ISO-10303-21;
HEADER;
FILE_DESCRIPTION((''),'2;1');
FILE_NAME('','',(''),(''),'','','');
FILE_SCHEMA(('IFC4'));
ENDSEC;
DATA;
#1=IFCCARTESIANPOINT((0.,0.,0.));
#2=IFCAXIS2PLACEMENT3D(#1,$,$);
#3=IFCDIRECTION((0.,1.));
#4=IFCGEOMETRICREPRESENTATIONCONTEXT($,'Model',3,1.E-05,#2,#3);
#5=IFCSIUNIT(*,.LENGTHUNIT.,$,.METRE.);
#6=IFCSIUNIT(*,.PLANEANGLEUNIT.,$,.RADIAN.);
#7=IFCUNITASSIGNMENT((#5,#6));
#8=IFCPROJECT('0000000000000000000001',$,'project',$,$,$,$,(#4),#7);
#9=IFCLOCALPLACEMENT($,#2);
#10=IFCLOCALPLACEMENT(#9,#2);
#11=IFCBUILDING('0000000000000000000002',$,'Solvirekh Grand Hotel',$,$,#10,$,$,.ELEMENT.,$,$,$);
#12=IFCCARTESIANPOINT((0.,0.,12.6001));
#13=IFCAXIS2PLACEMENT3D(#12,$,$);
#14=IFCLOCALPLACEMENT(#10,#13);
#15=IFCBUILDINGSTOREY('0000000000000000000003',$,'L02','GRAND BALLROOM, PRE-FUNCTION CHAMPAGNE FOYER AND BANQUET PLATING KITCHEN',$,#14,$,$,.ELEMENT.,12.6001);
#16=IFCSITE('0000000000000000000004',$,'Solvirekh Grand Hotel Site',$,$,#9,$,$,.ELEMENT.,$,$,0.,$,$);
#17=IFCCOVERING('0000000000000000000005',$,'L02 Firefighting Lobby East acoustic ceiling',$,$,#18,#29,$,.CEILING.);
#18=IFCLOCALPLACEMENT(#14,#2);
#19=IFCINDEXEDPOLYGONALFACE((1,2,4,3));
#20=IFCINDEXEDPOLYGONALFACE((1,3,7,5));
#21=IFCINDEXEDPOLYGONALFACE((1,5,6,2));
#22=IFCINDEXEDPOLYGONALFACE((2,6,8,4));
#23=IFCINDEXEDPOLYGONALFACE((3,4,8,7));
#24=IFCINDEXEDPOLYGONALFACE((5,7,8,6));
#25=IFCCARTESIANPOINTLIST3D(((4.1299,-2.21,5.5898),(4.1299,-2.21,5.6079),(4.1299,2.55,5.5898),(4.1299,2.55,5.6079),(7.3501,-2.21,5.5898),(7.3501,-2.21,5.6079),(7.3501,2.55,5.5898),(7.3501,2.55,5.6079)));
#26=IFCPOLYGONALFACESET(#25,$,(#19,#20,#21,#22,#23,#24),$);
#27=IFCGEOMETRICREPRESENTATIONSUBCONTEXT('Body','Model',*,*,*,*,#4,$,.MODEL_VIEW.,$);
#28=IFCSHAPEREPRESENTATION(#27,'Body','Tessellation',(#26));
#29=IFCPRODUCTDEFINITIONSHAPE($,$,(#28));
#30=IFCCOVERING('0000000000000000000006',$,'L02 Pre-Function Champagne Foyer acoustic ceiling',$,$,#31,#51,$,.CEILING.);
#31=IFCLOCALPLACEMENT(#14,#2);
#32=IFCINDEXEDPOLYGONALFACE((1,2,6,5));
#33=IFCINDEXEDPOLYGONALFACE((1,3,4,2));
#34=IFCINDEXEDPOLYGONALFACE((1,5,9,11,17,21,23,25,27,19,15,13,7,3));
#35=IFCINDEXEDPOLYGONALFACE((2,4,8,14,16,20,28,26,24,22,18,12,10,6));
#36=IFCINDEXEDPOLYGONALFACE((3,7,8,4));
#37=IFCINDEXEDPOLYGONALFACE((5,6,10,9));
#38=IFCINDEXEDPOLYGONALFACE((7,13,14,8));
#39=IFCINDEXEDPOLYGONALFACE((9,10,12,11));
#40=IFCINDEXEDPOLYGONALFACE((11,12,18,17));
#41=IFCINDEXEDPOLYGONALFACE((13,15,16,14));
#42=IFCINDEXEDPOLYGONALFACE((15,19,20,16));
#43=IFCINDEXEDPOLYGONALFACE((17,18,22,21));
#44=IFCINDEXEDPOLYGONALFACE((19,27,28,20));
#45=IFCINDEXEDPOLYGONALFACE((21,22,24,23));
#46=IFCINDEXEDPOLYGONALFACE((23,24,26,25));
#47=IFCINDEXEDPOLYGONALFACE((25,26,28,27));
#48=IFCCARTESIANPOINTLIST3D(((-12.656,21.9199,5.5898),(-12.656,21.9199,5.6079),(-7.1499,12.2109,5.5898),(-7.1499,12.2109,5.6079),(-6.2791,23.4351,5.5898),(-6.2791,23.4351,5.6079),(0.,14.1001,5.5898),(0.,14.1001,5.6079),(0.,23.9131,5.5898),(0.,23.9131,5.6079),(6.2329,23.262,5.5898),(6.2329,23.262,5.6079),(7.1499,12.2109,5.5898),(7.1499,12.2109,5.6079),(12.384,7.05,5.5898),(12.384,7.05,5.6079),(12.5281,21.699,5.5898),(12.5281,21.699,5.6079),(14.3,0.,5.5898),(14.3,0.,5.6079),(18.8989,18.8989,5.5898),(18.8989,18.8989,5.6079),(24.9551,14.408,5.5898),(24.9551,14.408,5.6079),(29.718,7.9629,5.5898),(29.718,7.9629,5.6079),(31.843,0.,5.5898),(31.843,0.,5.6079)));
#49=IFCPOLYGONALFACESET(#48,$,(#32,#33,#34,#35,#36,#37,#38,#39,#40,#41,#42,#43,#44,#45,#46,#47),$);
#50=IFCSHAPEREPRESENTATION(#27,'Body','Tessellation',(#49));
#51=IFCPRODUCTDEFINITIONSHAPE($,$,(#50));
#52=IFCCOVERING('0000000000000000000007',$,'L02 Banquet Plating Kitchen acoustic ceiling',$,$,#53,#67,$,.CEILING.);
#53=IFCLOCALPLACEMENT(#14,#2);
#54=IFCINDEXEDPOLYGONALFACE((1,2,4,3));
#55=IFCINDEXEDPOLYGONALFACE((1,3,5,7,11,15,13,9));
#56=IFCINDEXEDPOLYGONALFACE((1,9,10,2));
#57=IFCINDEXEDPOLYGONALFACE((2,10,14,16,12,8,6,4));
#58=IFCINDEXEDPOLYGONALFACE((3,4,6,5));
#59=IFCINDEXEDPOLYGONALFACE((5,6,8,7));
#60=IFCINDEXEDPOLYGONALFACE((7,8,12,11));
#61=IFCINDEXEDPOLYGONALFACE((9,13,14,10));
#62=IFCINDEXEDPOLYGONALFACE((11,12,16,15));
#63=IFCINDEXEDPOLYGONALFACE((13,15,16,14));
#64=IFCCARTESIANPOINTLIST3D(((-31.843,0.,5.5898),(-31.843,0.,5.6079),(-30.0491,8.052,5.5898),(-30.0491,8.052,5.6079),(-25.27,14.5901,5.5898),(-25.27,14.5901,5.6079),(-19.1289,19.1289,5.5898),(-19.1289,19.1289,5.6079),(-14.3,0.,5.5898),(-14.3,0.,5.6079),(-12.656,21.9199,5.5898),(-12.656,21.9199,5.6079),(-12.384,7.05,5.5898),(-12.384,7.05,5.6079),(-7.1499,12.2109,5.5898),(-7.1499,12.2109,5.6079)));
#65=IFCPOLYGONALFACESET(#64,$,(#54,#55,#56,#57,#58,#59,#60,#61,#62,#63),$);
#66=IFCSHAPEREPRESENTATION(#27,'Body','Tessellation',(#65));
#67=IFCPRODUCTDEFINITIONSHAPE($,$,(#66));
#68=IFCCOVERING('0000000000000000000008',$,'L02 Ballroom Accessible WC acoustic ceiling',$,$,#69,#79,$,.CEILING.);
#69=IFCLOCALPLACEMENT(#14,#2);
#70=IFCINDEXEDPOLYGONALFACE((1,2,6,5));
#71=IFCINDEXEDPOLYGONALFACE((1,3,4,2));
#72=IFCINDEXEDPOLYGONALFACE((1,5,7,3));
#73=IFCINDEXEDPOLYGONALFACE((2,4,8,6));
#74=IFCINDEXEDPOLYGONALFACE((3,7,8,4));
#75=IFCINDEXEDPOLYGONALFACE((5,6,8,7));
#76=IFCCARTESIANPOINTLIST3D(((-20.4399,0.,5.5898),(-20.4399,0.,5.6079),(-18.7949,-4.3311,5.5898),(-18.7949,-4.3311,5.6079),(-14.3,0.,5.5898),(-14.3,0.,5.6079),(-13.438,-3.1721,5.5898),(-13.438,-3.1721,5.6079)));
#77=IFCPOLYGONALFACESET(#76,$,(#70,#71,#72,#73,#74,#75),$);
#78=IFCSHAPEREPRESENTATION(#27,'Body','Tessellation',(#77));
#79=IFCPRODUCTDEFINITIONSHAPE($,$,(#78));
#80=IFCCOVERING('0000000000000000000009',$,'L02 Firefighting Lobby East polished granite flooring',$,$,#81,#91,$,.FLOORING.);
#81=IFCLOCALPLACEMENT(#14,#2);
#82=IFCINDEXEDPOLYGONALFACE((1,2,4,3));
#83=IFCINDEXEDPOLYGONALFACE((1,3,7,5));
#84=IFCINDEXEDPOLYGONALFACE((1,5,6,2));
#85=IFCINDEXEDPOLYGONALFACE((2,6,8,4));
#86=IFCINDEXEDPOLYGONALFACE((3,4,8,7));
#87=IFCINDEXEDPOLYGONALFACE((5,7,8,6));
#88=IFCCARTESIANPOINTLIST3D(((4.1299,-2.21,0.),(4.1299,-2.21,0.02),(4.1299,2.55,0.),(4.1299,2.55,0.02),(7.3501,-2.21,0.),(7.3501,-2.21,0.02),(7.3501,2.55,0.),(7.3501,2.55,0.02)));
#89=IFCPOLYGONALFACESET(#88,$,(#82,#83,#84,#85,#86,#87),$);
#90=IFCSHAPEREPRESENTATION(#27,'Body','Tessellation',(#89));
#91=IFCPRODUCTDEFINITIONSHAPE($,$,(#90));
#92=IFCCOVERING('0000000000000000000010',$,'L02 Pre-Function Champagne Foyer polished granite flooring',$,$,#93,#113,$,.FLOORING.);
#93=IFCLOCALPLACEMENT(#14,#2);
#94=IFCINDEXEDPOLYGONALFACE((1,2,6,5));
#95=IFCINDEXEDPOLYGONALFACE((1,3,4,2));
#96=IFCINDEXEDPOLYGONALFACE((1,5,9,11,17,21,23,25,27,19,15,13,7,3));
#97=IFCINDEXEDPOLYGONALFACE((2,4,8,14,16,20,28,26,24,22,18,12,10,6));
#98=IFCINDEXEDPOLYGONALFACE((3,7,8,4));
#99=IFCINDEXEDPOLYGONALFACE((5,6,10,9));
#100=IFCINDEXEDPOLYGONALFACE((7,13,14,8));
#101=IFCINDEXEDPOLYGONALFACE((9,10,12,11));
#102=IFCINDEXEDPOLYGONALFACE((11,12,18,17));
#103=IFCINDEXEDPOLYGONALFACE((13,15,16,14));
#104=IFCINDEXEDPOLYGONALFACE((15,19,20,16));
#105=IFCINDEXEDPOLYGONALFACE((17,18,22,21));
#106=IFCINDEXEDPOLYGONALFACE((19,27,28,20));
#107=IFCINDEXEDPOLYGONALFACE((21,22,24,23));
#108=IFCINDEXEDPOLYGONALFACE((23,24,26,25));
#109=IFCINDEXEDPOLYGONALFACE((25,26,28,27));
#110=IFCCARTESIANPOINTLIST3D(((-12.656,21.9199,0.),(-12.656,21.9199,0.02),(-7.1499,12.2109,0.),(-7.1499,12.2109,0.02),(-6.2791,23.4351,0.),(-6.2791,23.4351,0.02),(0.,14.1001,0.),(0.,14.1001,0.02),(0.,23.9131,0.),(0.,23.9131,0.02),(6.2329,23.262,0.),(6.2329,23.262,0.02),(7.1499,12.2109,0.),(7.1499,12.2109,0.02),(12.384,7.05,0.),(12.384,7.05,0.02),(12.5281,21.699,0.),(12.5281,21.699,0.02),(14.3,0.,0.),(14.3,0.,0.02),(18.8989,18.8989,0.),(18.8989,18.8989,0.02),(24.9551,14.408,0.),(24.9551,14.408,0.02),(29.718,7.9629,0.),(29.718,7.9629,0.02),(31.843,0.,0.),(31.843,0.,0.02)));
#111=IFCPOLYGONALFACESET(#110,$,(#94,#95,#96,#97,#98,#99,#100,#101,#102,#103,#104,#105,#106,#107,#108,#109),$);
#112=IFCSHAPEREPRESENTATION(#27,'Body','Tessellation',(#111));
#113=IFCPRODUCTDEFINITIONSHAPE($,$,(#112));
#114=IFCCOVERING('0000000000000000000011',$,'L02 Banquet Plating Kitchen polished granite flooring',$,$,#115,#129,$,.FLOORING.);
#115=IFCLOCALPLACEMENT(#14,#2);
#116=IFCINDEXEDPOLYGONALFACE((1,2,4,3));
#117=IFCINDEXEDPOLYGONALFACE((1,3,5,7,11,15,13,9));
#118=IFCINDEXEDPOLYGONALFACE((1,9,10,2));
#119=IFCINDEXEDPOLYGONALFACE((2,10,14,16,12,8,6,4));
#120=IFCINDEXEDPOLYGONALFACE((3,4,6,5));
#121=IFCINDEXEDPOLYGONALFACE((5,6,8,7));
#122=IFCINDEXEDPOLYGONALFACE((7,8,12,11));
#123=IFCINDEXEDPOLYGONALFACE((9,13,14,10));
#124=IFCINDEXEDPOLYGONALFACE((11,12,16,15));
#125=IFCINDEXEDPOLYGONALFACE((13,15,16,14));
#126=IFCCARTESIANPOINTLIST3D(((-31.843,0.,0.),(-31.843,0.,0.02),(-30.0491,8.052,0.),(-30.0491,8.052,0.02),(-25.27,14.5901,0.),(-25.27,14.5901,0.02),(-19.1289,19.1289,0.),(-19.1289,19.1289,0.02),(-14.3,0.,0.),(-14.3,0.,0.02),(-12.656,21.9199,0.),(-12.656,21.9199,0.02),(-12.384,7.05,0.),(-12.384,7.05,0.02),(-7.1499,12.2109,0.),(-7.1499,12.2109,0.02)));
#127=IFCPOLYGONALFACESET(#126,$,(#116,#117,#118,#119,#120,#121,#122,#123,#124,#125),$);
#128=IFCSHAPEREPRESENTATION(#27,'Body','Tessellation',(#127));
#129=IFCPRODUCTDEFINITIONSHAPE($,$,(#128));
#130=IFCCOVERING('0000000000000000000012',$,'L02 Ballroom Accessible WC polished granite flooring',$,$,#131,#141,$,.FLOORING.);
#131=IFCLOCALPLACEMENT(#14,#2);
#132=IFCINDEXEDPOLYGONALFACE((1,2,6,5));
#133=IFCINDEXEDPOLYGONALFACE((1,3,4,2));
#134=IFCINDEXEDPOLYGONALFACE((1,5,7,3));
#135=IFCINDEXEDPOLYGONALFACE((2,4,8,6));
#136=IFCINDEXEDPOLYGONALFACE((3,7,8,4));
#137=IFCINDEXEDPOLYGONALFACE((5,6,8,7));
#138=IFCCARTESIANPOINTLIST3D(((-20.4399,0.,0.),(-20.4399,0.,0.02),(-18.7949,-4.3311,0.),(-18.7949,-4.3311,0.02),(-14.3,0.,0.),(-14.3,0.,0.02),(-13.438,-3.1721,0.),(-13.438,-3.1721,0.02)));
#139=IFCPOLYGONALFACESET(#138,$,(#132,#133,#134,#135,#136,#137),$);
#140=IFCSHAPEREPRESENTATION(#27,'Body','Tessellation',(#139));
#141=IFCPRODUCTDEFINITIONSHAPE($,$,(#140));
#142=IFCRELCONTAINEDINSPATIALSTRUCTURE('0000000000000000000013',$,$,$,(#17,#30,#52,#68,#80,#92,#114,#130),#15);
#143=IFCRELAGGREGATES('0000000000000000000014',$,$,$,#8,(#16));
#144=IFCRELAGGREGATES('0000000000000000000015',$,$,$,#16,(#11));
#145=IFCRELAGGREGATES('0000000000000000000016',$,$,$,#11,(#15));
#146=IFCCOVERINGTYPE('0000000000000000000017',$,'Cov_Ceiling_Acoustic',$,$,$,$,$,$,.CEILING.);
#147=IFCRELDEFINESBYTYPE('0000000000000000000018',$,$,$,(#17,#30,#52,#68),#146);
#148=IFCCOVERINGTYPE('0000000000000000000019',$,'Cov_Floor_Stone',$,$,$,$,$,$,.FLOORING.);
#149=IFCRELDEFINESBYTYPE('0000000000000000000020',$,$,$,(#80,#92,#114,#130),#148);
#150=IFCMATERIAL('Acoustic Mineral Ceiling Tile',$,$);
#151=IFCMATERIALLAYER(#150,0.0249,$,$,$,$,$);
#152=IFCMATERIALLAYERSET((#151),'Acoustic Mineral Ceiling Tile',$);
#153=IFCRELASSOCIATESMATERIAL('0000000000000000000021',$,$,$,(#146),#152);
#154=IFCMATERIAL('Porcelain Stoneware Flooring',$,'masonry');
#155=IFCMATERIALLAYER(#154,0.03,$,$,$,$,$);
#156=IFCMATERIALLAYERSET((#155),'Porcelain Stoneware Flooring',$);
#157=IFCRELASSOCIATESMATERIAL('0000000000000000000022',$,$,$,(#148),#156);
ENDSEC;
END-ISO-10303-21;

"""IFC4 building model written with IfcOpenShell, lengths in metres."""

from ifc_helpers import new_model, si_unit, direction, frame, origin, place, context, subcontext, project, spatial, polyline, outline, extrude, material, layer, layer_set, type_object, element, save


model = new_model("IFC4")

# Units and contexts
model_context = context("Model", 3, precision=1e-05, world=origin(), true_north=direction((0.0, 1.0)))
body_context = subcontext(model_context, "Body", "Model", "MODEL_VIEW")
ifc_project = project(units=[si_unit("LENGTHUNIT", "METRE"), si_unit("PLANEANGLEUNIT", "RADIAN")], contexts=[model_context])

# Site, building, storey
site_placement = place(None, origin())
site = spatial("IfcSite", under=ifc_project, at=site_placement, Name="Solvirekh Grand Hotel Site", CompositionType="ELEMENT", RefElevation=0.0)
building_placement = place(site_placement, origin())
building = spatial("IfcBuilding", under=site, at=building_placement, Name="Solvirekh Grand Hotel", CompositionType="ELEMENT")
storey_placement = place(building_placement, frame((0.0, 0.0, 12.6001)))
storey = spatial("IfcBuildingStorey", under=building, at=storey_placement, Name="L02", Description="GRAND BALLROOM, PRE-FUNCTION CHAMPAGNE FOYER AND BANQUET PLATING KITCHEN", CompositionType="ELEMENT", Elevation=12.6001)

# Coverings
ifc_material_1 = material(Name="Acoustic Mineral Ceiling Tile")
ifc_layer_1 = layer(ifc_material_1, 0.0249)
ifc_layer_set_1 = layer_set([ifc_layer_1], Name="Acoustic Mineral Ceiling Tile")
covering_type_1 = type_object("IfcCoveringType", Name="Cov_Ceiling_Acoustic", PredefinedType="CEILING", material=ifc_layer_set_1)
covering_1_placement = place(storey_placement, frame((0.0, 0.0, 5.5898)))
element("IfcCovering", 1, at=covering_1_placement, inside=storey, type_object=covering_type_1, Name="L02 Firefighting Lobby East acoustic ceiling", PredefinedType="CEILING", context=body_context, shape_type="SweptSolid", body=[
    extrude(outline(polyline([(4.1299, -2.21), (7.3501, -2.21), (7.3501, 2.55), (4.1299, 2.55), (4.1299, -2.21)])), origin(), (0.0, 0.0, 1.0), 0.0181),
])
covering_2_placement = place(storey_placement, frame((0.0, 0.0, 5.5898)))
element("IfcCovering", 2, at=covering_2_placement, inside=storey, type_object=covering_type_1, Name="L02 Pre-Function Champagne Foyer acoustic ceiling", PredefinedType="CEILING", context=body_context, shape_type="SweptSolid", body=[
    extrude(outline(polyline([(31.843, 0.0), (29.718, 7.9629), (24.9551, 14.408), (18.8989, 18.8989), (12.5281, 21.699), (6.2329, 23.262), (0.0, 23.9131), (-6.2791, 23.4351), (-12.656, 21.9199), (-7.1499, 12.2109), (0.0, 14.1001), (7.1499, 12.2109), (12.384, 7.05), (14.3, 0.0), (31.843, 0.0)])), origin(), (0.0, 0.0, 1.0), 0.0181),
])
covering_3_placement = place(storey_placement, frame((0.0, 0.0, 5.5898)))
element("IfcCovering", 3, at=covering_3_placement, inside=storey, type_object=covering_type_1, Name="L02 Banquet Plating Kitchen acoustic ceiling", PredefinedType="CEILING", context=body_context, shape_type="SweptSolid", body=[
    extrude(outline(polyline([(-12.656, 21.9199), (-19.1289, 19.1289), (-25.27, 14.5901), (-30.0491, 8.052), (-31.843, 0.0), (-14.3, 0.0), (-12.384, 7.05), (-7.1499, 12.2109), (-12.656, 21.9199)])), origin(), (0.0, 0.0, 1.0), 0.0181),
])
covering_4_placement = place(storey_placement, frame((0.0, 0.0, 5.5898)))
element("IfcCovering", 4, at=covering_4_placement, inside=storey, type_object=covering_type_1, Name="L02 Ballroom Accessible WC acoustic ceiling", PredefinedType="CEILING", context=body_context, shape_type="SweptSolid", body=[
    extrude(outline(polyline([(-20.4399, 0.0), (-18.7949, -4.3311), (-13.438, -3.1721), (-14.3, 0.0), (-20.4399, 0.0)])), origin(), (0.0, 0.0, 1.0), 0.0181),
])
ifc_material_2 = material(Name="Porcelain Stoneware Flooring", Category="masonry")
ifc_layer_2 = layer(ifc_material_2, 0.03)
ifc_layer_set_2 = layer_set([ifc_layer_2], Name="Porcelain Stoneware Flooring")
covering_type_2 = type_object("IfcCoveringType", Name="Cov_Floor_Stone", PredefinedType="FLOORING", material=ifc_layer_set_2)
covering_5_placement = place(storey_placement, origin())
element("IfcCovering", 5, at=covering_5_placement, inside=storey, type_object=covering_type_2, Name="L02 Firefighting Lobby East polished granite flooring", PredefinedType="FLOORING", context=body_context, shape_type="SweptSolid", body=[
    extrude(outline(polyline([(4.1299, -2.21), (7.3501, -2.21), (7.3501, 2.55), (4.1299, 2.55), (4.1299, -2.21)])), origin(), (0.0, 0.0, 1.0), 0.02),
])
covering_6_placement = place(storey_placement, origin())
element("IfcCovering", 6, at=covering_6_placement, inside=storey, type_object=covering_type_2, Name="L02 Pre-Function Champagne Foyer polished granite flooring", PredefinedType="FLOORING", context=body_context, shape_type="SweptSolid", body=[
    extrude(outline(polyline([(31.843, 0.0), (29.718, 7.9629), (24.9551, 14.408), (18.8989, 18.8989), (12.5281, 21.699), (6.2329, 23.262), (0.0, 23.9131), (-6.2791, 23.4351), (-12.656, 21.9199), (-7.1499, 12.2109), (0.0, 14.1001), (7.1499, 12.2109), (12.384, 7.05), (14.3, 0.0), (31.843, 0.0)])), origin(), (0.0, 0.0, 1.0), 0.02),
])
covering_7_placement = place(storey_placement, origin())
element("IfcCovering", 7, at=covering_7_placement, inside=storey, type_object=covering_type_2, Name="L02 Banquet Plating Kitchen polished granite flooring", PredefinedType="FLOORING", context=body_context, shape_type="SweptSolid", body=[
    extrude(outline(polyline([(-12.656, 21.9199), (-19.1289, 19.1289), (-25.27, 14.5901), (-30.0491, 8.052), (-31.843, 0.0), (-14.3, 0.0), (-12.384, 7.05), (-7.1499, 12.2109), (-12.656, 21.9199)])), origin(), (0.0, 0.0, 1.0), 0.02),
])
covering_8_placement = place(storey_placement, origin())
element("IfcCovering", 8, at=covering_8_placement, inside=storey, type_object=covering_type_2, Name="L02 Ballroom Accessible WC polished granite flooring", PredefinedType="FLOORING", context=body_context, shape_type="SweptSolid", body=[
    extrude(outline(polyline([(-20.4399, 0.0), (-18.7949, -4.3311), (-13.438, -3.1721), (-14.3, 0.0), (-20.4399, 0.0)])), origin(), (0.0, 0.0, 1.0), 0.02),
])

save(model, "model.ifc")
